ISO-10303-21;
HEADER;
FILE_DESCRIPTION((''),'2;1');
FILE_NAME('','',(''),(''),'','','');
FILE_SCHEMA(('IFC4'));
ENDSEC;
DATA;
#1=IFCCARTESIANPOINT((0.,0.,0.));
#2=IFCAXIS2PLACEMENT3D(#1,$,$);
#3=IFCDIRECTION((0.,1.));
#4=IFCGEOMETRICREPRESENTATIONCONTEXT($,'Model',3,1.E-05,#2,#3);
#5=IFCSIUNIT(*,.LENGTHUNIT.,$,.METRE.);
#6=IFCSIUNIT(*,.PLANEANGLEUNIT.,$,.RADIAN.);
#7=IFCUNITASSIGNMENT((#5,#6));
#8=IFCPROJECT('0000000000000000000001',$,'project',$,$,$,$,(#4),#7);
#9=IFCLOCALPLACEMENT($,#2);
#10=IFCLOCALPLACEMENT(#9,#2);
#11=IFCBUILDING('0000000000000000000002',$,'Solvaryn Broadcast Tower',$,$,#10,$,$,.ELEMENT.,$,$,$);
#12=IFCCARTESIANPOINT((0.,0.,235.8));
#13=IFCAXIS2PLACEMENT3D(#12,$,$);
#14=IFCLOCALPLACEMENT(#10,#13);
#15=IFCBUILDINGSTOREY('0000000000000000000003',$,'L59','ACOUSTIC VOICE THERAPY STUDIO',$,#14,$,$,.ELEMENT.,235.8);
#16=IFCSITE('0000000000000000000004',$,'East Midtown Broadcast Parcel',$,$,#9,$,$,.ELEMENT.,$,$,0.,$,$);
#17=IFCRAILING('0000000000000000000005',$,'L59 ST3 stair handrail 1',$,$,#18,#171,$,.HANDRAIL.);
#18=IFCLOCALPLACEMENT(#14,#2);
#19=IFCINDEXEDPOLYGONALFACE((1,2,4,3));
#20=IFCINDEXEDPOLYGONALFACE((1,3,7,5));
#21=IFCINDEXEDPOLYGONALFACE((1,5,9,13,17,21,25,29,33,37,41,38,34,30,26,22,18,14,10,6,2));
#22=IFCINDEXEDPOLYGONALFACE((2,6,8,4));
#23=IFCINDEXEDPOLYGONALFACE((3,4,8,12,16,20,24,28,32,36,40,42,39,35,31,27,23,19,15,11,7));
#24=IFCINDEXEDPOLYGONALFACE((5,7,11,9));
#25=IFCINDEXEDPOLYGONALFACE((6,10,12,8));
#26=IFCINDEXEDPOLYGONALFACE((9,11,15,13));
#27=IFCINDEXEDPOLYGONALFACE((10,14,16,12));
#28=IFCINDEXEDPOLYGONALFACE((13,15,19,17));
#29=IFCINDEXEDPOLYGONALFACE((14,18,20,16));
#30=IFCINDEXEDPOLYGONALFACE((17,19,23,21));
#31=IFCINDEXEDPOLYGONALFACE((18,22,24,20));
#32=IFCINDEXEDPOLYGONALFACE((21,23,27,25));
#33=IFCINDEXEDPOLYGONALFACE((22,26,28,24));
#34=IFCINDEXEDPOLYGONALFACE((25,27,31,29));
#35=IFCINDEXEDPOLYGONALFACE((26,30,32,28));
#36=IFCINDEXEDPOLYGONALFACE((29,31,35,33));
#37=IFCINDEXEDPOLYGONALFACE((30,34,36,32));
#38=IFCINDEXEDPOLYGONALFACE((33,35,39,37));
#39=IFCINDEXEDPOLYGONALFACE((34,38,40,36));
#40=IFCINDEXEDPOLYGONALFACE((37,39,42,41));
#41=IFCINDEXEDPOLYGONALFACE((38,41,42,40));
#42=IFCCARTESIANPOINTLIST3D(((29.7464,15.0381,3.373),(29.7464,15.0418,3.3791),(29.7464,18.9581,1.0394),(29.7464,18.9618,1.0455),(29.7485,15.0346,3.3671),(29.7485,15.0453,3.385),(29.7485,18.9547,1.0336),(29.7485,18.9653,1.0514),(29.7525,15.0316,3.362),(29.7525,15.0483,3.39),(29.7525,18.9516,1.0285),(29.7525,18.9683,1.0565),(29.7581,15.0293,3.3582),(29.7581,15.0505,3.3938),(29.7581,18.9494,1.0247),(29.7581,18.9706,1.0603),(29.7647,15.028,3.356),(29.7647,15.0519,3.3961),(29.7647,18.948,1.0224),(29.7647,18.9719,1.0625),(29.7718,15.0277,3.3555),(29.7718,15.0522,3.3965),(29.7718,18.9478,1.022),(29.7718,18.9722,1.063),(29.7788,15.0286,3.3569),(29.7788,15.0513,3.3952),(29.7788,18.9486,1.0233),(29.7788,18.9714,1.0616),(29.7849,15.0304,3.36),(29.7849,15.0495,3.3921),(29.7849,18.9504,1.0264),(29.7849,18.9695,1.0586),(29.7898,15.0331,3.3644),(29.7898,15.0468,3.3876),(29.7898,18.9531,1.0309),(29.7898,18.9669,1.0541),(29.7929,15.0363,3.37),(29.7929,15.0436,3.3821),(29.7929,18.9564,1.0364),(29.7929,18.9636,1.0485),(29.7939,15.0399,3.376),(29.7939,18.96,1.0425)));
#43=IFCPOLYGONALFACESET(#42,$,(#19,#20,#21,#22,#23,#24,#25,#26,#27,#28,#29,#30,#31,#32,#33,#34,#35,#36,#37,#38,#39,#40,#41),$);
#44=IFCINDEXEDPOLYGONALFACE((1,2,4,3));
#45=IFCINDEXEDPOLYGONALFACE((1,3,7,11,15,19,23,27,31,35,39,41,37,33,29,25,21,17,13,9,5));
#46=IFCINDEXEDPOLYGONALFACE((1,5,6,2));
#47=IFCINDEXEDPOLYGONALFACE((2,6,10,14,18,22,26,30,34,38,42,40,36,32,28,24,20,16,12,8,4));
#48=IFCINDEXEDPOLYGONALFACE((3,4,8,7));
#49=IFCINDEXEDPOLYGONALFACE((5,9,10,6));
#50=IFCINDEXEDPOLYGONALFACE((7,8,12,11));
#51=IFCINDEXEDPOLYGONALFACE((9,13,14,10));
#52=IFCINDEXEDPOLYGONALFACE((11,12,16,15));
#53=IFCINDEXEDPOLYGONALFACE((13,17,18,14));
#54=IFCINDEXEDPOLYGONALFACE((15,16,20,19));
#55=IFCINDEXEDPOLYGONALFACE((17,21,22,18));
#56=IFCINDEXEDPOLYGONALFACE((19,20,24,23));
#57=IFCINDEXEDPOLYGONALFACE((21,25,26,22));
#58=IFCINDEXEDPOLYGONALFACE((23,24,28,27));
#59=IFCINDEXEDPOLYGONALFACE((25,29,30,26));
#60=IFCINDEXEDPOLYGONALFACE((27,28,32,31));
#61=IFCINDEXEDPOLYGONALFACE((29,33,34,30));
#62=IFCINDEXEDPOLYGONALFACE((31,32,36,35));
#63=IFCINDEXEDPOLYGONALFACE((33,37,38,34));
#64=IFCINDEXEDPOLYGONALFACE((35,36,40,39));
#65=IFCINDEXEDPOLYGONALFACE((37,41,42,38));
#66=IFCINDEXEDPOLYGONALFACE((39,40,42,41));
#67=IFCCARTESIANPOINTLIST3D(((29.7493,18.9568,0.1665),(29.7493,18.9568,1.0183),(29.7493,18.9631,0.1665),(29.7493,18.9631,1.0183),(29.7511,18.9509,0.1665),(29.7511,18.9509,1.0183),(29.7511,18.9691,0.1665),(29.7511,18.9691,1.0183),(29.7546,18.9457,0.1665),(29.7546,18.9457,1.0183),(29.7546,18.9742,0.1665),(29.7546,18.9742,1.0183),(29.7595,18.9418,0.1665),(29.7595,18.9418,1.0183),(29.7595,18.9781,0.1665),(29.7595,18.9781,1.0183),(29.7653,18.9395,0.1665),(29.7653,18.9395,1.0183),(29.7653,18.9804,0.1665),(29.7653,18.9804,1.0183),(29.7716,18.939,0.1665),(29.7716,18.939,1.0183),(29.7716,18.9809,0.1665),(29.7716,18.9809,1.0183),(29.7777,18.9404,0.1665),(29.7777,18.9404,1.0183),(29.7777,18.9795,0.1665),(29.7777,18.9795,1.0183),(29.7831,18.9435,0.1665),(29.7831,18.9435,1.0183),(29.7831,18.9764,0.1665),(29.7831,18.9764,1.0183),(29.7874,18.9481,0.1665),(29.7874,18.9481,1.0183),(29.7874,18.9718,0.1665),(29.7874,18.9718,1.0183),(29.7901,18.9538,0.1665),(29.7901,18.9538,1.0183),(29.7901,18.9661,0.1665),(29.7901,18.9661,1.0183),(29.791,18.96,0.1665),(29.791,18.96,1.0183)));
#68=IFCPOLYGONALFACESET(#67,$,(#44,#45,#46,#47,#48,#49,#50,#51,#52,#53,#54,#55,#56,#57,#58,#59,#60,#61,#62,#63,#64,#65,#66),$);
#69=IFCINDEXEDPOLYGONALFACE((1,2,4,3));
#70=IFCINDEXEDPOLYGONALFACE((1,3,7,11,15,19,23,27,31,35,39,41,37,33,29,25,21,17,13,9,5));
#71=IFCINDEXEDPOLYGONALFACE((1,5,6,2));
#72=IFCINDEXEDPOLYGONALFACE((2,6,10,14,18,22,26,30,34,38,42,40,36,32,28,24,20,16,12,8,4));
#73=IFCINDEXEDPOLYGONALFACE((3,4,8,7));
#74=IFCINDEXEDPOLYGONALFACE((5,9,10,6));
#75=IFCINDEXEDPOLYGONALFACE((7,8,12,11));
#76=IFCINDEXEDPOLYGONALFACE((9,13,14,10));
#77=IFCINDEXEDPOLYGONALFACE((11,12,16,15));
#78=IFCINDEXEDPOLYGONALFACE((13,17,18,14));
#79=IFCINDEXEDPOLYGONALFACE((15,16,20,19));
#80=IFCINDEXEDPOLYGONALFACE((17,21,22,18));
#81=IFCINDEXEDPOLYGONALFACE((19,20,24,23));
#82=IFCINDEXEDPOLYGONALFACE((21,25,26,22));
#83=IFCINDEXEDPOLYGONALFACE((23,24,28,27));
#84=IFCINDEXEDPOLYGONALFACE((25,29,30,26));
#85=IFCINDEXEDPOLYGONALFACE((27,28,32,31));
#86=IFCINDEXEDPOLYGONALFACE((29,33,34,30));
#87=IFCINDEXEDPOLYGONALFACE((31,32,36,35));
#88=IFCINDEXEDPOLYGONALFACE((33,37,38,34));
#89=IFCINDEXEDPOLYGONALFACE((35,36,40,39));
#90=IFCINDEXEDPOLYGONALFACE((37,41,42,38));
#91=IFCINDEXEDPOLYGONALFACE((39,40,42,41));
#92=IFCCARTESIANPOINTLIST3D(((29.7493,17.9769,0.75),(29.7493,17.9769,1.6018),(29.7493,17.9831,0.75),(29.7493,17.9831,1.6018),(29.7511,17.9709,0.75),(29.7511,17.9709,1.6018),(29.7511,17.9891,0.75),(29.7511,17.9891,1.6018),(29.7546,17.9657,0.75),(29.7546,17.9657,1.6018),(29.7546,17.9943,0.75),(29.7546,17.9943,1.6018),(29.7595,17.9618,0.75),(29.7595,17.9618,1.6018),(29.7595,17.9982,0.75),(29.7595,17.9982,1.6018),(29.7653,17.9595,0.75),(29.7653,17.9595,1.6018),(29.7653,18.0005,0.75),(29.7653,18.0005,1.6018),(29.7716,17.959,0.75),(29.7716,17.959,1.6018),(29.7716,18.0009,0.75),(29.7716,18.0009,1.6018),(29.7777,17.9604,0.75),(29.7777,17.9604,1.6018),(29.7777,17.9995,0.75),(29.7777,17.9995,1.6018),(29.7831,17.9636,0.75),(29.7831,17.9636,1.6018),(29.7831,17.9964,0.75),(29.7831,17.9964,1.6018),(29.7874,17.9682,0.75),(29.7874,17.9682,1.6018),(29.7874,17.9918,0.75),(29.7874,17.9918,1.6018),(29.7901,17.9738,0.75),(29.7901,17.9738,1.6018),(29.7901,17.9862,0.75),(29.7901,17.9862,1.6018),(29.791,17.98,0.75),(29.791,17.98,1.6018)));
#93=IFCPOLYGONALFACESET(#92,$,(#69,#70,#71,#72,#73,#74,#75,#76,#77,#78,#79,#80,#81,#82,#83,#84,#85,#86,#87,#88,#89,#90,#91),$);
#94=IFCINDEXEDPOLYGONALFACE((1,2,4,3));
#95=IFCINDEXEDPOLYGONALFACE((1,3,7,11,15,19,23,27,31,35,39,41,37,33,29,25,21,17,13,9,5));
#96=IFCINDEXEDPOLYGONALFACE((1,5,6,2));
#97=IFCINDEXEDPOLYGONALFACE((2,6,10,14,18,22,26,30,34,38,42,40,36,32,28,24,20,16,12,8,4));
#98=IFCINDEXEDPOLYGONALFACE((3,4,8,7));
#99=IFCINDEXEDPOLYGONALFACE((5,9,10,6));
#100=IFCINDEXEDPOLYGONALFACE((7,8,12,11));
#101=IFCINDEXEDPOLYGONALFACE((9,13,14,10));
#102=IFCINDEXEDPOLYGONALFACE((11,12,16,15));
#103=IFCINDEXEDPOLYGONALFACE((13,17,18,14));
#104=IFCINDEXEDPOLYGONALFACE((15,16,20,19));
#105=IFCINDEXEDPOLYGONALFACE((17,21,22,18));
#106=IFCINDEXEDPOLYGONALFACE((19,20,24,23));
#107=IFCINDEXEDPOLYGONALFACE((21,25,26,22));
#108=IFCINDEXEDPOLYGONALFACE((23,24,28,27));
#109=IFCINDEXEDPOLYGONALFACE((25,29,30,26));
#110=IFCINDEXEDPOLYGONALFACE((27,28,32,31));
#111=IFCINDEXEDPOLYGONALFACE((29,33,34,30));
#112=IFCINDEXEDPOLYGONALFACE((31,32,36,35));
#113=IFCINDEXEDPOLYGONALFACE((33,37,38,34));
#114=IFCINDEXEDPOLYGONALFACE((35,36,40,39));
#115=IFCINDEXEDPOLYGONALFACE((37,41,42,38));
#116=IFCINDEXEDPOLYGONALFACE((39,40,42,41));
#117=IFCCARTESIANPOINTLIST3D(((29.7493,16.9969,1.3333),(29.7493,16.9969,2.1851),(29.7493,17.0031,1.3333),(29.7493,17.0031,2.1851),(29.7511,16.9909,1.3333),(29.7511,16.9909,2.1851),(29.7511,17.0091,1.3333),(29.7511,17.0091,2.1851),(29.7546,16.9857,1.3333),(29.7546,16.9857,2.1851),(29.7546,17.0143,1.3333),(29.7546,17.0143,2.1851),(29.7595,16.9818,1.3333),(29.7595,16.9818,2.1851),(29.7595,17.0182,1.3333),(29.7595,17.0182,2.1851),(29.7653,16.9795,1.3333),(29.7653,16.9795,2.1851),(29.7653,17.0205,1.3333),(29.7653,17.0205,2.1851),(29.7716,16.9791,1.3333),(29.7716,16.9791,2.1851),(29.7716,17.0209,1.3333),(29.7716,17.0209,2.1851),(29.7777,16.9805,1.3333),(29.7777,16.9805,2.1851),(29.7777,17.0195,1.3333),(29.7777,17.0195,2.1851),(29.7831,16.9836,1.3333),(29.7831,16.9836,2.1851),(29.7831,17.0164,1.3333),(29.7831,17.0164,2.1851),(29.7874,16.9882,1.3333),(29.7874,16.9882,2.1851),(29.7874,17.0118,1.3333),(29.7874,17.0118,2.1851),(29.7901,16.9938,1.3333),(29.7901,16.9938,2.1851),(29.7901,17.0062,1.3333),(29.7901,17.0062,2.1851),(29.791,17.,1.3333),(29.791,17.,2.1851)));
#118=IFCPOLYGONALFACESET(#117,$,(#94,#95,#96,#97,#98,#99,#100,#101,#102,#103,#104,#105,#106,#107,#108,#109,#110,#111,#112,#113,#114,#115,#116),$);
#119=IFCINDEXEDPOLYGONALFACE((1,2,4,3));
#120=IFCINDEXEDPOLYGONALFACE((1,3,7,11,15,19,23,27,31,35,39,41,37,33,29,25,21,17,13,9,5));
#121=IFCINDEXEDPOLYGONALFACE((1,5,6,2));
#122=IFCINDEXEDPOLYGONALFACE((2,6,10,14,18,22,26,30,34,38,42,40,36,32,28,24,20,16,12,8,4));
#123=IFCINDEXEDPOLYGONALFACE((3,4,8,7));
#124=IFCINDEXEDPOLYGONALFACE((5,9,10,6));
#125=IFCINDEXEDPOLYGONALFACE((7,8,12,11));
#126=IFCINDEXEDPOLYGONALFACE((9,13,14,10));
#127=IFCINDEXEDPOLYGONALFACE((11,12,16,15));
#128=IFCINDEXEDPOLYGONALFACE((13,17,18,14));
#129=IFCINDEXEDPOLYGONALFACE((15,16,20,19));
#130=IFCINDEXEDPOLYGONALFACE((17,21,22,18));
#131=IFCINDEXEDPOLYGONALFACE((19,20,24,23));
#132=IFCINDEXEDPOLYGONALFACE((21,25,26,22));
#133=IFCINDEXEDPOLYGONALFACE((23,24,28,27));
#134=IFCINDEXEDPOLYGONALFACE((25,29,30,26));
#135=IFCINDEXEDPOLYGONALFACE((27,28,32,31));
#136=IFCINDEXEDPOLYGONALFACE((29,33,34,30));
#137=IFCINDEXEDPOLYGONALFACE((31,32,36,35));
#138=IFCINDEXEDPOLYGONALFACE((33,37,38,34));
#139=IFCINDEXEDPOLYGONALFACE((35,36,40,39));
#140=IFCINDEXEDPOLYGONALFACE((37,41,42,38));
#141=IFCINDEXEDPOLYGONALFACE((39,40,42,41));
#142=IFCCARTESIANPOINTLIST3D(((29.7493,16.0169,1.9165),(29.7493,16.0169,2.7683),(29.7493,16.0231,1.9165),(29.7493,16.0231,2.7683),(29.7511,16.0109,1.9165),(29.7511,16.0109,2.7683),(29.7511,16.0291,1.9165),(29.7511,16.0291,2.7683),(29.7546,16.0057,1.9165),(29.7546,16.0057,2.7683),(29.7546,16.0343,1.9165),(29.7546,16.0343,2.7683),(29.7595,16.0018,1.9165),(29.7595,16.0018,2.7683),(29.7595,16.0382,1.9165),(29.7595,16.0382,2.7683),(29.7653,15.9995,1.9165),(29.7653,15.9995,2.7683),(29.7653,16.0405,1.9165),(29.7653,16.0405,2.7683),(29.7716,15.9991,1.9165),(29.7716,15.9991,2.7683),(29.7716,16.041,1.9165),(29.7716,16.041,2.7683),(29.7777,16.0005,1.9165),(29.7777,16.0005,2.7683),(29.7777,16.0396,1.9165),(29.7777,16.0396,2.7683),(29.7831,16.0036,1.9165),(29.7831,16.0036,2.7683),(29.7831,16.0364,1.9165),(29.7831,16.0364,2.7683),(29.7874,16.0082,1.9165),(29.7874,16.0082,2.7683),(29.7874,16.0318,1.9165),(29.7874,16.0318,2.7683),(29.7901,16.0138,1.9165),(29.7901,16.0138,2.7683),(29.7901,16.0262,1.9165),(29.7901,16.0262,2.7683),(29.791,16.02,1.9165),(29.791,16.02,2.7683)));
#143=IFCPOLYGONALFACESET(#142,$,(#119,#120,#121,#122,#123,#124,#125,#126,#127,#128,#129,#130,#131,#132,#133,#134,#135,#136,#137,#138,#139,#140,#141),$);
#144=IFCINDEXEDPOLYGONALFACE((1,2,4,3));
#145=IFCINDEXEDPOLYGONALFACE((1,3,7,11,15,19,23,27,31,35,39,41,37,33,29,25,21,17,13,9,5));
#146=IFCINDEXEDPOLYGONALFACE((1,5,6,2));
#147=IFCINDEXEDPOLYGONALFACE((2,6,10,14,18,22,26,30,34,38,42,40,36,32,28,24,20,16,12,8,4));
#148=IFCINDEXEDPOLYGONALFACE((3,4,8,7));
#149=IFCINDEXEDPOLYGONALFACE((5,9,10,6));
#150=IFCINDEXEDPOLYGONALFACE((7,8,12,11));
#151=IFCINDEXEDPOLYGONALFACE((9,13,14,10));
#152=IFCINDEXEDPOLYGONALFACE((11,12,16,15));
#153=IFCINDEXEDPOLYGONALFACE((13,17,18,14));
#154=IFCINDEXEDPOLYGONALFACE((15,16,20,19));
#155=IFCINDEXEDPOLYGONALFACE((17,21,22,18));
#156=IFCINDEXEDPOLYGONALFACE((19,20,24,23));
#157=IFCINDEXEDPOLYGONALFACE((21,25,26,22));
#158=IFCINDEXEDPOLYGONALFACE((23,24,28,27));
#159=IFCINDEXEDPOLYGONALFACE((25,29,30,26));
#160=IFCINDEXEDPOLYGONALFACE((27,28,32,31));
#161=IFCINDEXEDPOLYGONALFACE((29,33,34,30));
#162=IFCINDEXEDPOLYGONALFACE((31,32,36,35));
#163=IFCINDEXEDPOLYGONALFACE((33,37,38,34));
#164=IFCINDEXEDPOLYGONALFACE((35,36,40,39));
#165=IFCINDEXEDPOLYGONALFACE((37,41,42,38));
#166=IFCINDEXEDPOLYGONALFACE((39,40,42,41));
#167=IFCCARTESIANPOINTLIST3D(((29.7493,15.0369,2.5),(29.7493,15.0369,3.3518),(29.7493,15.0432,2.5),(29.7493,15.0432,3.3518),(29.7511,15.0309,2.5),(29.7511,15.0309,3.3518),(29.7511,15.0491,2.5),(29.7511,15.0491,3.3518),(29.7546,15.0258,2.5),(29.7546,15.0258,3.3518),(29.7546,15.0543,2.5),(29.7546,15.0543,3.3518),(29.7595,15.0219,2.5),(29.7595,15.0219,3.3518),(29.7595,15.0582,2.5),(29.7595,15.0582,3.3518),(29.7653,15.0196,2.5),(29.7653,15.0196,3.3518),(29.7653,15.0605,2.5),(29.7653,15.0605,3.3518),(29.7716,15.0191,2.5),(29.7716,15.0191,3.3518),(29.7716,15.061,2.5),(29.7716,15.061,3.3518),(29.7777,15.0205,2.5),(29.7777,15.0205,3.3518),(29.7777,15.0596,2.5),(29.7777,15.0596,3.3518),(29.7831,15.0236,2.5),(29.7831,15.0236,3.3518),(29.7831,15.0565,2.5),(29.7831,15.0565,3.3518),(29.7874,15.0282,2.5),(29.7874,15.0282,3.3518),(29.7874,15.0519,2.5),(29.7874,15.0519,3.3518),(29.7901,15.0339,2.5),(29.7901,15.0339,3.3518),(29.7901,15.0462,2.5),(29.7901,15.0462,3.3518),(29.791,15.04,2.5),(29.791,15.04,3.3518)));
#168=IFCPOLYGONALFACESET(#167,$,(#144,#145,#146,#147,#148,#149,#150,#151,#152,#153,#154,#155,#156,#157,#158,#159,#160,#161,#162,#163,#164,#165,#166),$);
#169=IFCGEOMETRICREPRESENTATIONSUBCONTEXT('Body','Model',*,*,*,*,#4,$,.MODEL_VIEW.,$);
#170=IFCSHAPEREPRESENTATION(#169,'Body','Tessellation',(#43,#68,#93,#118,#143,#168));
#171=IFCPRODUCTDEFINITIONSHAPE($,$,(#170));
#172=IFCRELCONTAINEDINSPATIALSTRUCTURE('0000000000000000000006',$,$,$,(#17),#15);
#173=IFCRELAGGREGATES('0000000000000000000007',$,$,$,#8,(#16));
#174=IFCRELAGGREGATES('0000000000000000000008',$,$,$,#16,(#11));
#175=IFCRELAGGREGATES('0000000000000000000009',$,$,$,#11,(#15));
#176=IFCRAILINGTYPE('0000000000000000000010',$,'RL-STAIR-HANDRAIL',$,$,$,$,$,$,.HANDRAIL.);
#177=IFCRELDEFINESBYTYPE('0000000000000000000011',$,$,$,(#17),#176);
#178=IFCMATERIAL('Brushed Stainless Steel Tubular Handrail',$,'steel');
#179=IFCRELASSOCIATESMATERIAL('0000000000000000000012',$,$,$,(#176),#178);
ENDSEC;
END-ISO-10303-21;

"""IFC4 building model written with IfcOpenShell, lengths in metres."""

from ifc_helpers import new_model, si_unit, direction, frame, origin, origin_2d, place, context, subcontext, project, spatial, circle, extrude, material, type_object, element, save


model = new_model("IFC4")

# Units and contexts
model_context = context("Model", 3, precision=1e-05, world=origin(), true_north=direction((0.0, 1.0)))
body_context = subcontext(model_context, "Body", "Model", "MODEL_VIEW")
ifc_project = project(units=[si_unit("LENGTHUNIT", "METRE"), si_unit("PLANEANGLEUNIT", "RADIAN")], contexts=[model_context])

# Site, building, storey
site_placement = place(None, origin())
site = spatial("IfcSite", under=ifc_project, at=site_placement, Name="East Midtown Broadcast Parcel", CompositionType="ELEMENT", RefElevation=0.0)
building_placement = place(site_placement, origin())
building = spatial("IfcBuilding", under=site, at=building_placement, Name="Solvaryn Broadcast Tower", CompositionType="ELEMENT")
storey_placement = place(building_placement, frame((0.0, 0.0, 235.8)))
storey = spatial("IfcBuildingStorey", under=building, at=storey_placement, Name="L59", Description="ACOUSTIC VOICE THERAPY STUDIO", CompositionType="ELEMENT", Elevation=235.8)

# Railing
ifc_material_1 = material(Name="Brushed Stainless Steel Tubular Handrail", Category="steel")
railing_type_1 = type_object("IfcRailingType", Name="RL-STAIR-HANDRAIL", PredefinedType="HANDRAIL", material=ifc_material_1)
railing_1_placement = place(storey_placement, frame((29.77, 18.96, 0.1665)))
element("IfcRailing", 1, at=railing_1_placement, inside=storey, type_object=railing_type_1, Name="L59 ST3 stair handrail 1", PredefinedType="HANDRAIL", context=body_context, shape_type="SweptSolid", body=[
    extrude(circle(Radius=0.0239, at=origin_2d()), frame((0.0, 0.0, 0.876), z_axis=(0.0, -0.859273, 0.511518), x_axis=(1.0, 0.0, 0.0)), (0.0, 0.0, 1.0), 4.562),
    extrude(circle(Radius=0.021, at=origin_2d()), origin(), (0.0, 0.0, 1.0), 0.8518),
    extrude(circle(Radius=0.021, at=origin_2d()), frame((0.0, -0.98, 0.5835)), (0.0, 0.0, 1.0), 0.8518),
    extrude(circle(Radius=0.021, at=origin_2d()), frame((0.0, -1.96, 1.1667)), (0.0, 0.0, 1.0), 0.8518),
    extrude(circle(Radius=0.021, at=origin_2d()), frame((0.0, -2.9399, 1.75)), (0.0, 0.0, 1.0), 0.8518),
    extrude(circle(Radius=0.021, at=origin_2d()), frame((0.0, -3.9199, 2.3335)), (0.0, 0.0, 1.0), 0.8518),
])

save(model, "model.ifc")
